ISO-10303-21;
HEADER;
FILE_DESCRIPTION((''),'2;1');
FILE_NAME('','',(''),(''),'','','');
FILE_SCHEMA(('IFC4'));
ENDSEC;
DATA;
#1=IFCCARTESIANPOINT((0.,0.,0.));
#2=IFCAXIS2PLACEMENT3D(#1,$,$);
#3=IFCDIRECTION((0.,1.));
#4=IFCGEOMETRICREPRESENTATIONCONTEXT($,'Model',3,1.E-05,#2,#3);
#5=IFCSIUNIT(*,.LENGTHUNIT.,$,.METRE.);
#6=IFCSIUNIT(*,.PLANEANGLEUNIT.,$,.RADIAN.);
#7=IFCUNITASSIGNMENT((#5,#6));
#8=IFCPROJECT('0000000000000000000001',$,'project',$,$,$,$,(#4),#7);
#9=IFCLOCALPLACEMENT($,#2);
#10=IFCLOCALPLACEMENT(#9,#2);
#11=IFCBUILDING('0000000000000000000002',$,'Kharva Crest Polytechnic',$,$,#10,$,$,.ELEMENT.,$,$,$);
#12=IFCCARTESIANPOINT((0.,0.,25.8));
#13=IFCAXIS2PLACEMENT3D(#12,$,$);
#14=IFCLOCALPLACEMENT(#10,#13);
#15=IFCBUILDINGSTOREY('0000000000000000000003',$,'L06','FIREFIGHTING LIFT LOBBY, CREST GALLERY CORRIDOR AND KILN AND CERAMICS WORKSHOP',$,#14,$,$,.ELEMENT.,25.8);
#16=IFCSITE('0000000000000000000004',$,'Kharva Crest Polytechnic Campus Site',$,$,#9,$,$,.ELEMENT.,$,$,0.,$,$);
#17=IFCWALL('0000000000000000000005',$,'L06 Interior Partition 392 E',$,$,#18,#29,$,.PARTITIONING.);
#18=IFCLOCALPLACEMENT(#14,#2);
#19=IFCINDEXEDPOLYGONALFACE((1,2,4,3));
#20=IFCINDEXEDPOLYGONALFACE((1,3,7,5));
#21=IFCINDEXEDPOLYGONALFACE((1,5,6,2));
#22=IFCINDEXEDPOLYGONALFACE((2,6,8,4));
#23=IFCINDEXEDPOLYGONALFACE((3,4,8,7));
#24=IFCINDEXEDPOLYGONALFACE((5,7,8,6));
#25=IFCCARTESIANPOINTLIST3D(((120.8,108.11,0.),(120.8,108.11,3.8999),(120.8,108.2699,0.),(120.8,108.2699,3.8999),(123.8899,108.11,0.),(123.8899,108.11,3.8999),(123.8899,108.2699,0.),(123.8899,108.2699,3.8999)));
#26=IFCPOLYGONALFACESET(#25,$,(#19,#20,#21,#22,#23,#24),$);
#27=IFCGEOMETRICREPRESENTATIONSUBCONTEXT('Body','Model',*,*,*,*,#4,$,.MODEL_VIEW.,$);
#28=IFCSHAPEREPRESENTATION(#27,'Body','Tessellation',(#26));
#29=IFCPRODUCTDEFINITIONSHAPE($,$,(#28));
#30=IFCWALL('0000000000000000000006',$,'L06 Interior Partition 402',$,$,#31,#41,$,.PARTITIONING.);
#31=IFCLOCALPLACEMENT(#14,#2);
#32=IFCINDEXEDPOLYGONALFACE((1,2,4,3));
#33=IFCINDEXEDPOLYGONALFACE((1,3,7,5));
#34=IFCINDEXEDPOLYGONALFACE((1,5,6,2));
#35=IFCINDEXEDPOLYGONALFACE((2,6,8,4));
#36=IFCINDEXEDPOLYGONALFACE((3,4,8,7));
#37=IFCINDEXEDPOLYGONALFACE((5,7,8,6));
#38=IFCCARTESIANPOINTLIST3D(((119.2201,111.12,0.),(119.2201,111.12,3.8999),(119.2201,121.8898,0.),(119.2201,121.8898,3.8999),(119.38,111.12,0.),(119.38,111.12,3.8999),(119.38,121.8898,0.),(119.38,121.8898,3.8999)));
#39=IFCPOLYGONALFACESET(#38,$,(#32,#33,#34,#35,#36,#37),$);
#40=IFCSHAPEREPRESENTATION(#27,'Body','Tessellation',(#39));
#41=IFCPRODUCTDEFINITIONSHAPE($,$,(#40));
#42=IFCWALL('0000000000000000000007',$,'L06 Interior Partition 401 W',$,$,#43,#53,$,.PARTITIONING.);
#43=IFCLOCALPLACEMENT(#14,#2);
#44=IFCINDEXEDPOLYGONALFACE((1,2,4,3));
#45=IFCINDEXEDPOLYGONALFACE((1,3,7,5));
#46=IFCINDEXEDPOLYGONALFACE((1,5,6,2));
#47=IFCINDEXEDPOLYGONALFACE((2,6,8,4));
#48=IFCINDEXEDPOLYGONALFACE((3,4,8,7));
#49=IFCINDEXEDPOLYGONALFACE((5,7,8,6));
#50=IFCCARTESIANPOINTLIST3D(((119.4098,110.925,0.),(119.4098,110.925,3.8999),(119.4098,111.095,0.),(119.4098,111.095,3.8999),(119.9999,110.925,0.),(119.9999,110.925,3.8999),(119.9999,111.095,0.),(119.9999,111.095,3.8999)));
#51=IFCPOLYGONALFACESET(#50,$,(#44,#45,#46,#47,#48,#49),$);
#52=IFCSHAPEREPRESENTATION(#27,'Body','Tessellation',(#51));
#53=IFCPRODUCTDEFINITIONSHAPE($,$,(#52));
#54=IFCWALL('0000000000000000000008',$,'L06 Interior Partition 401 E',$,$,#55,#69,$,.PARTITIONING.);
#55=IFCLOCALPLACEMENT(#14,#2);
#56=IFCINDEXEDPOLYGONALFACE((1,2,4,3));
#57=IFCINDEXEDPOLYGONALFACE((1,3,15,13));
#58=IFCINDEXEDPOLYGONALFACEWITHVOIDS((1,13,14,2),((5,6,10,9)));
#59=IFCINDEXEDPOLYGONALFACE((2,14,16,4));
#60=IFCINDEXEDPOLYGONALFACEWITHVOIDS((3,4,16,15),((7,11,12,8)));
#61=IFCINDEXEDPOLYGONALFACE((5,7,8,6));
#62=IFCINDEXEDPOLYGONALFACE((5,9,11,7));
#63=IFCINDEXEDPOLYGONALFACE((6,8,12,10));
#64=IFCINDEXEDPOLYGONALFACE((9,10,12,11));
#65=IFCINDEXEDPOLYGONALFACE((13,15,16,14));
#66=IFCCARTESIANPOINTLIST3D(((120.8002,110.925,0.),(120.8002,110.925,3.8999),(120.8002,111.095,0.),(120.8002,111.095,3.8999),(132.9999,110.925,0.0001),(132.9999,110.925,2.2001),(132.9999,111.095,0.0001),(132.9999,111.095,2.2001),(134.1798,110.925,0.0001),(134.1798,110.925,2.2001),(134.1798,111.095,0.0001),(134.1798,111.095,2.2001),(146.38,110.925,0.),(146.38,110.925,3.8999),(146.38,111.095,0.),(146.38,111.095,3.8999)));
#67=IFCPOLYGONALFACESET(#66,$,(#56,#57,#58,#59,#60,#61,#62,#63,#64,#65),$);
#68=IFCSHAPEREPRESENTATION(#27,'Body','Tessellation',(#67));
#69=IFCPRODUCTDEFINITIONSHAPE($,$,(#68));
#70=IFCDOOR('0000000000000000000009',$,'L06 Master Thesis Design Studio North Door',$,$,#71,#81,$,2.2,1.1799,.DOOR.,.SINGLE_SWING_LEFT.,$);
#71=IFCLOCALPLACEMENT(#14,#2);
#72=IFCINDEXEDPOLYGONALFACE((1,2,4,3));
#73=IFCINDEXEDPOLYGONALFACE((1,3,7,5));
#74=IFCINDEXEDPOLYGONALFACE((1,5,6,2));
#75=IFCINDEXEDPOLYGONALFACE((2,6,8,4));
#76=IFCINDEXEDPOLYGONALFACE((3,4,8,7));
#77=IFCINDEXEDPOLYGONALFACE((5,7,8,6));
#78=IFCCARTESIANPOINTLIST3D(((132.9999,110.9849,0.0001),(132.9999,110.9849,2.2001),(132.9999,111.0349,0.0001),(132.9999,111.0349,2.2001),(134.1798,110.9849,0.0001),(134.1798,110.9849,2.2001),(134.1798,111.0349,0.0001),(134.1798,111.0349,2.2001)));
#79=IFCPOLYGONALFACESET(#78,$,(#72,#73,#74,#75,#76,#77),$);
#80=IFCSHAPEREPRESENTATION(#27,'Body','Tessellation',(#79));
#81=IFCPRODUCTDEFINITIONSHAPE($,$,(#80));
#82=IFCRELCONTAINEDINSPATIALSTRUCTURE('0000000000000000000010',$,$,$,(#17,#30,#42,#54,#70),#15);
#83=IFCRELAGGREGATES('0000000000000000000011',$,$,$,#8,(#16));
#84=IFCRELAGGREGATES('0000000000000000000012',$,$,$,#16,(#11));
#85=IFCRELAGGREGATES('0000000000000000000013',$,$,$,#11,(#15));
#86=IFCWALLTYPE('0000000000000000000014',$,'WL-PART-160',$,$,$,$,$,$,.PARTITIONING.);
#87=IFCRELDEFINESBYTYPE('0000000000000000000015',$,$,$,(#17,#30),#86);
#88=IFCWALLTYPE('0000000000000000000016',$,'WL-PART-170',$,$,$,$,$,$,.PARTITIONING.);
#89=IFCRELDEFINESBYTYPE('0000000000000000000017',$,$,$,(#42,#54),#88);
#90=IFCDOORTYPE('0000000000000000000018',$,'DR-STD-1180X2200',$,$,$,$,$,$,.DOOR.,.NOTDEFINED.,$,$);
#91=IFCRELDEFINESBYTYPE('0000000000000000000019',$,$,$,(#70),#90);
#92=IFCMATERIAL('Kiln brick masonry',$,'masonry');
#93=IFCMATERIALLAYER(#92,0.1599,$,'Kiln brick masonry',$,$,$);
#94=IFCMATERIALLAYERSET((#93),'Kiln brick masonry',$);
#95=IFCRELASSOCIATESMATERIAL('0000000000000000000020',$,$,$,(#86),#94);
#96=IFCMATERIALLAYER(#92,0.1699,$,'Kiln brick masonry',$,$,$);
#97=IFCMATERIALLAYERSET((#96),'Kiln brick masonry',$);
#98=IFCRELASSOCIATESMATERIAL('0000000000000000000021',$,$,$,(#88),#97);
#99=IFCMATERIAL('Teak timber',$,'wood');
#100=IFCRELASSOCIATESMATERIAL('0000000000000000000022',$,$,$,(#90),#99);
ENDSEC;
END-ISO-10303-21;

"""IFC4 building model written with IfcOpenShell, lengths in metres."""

from ifc_helpers import new_model, si_unit, direction, frame, frame_2d, origin, place, context, subcontext, project, spatial, rectangle, extrude, material, layer, layer_set, type_object, element, fill, save


model = new_model("IFC4")

# Units and contexts
model_context = context("Model", 3, precision=1e-05, world=origin(), true_north=direction((0.0, 1.0)))
body_context = subcontext(model_context, "Body", "Model", "MODEL_VIEW")
ifc_project = project(units=[si_unit("LENGTHUNIT", "METRE"), si_unit("PLANEANGLEUNIT", "RADIAN")], contexts=[model_context])

# Site, building, storey
site_placement = place(None, origin())
site = spatial("IfcSite", under=ifc_project, at=site_placement, Name="Kharva Crest Polytechnic Campus Site", CompositionType="ELEMENT", RefElevation=0.0)
building_placement = place(site_placement, origin())
building = spatial("IfcBuilding", under=site, at=building_placement, Name="Kharva Crest Polytechnic", CompositionType="ELEMENT")
storey_placement = place(building_placement, frame((0.0, 0.0, 25.8)))
storey = spatial("IfcBuildingStorey", under=building, at=storey_placement, Name="L06", Description="FIREFIGHTING LIFT LOBBY, CREST GALLERY CORRIDOR AND KILN AND CERAMICS WORKSHOP", CompositionType="ELEMENT", Elevation=25.8)

# Shared definitions
ifc_material_1 = material(Name="Kiln brick masonry", Category="masonry")

# Shared definitions
ifc_material_2 = material(Name="Teak timber", Category="wood")

# Walls
ifc_layer_1 = layer(ifc_material_1, 0.1599, Name="Kiln brick masonry")
ifc_layer_set_1 = layer_set([ifc_layer_1], Name="Kiln brick masonry")
wall_type_1 = type_object("IfcWallType", Name="WL-PART-160", PredefinedType="PARTITIONING", material=ifc_layer_set_1)
wall_1_placement = place(storey_placement, frame((120.8, 108.1899, 0.0), z_axis=(0.0, 0.0, 1.0), x_axis=(1.0, 0.0, 0.0)))
element("IfcWall", 1, at=wall_1_placement, inside=storey, type_object=wall_type_1, Name="L06 Interior Partition 392 E", PredefinedType="PARTITIONING", context=body_context, shape_type="SweptSolid", body=[
    extrude(rectangle(XDim=3.0898, YDim=0.1599, at=frame_2d((1.5449, 0.0))), origin(), (0.0, 0.0, 1.0), 3.8999),
])
wall_2_placement = place(storey_placement, frame((119.3, 111.1201, 0.0), z_axis=(0.0, 0.0, 1.0), x_axis=(0.0, 1.0, 0.0)))
element("IfcWall", 2, at=wall_2_placement, inside=storey, type_object=wall_type_1, Name="L06 Interior Partition 402", PredefinedType="PARTITIONING", context=body_context, shape_type="SweptSolid", body=[
    extrude(rectangle(XDim=10.7698, YDim=0.1599, at=frame_2d((5.3848, 0.0))), origin(), (0.0, 0.0, 1.0), 3.8999),
])
ifc_layer_2 = layer(ifc_material_1, 0.1699, Name="Kiln brick masonry")
ifc_layer_set_2 = layer_set([ifc_layer_2], Name="Kiln brick masonry")
wall_type_2 = type_object("IfcWallType", Name="WL-PART-170", PredefinedType="PARTITIONING", material=ifc_layer_set_2)
wall_3_placement = place(storey_placement, frame((119.4099, 111.01, 0.0), z_axis=(0.0, 0.0, 1.0), x_axis=(1.0, 0.0, 0.0)))
element("IfcWall", 3, at=wall_3_placement, inside=storey, type_object=wall_type_2, Name="L06 Interior Partition 401 W", PredefinedType="PARTITIONING", context=body_context, shape_type="SweptSolid", body=[
    extrude(rectangle(XDim=0.5901, YDim=0.1699, at=frame_2d((0.2949, 0.0))), origin(), (0.0, 0.0, 1.0), 3.8999),
])

# Wall, opening, door
wall_4_placement = place(storey_placement, frame((120.8, 111.01, 0.0), z_axis=(0.0, 0.0, 1.0), x_axis=(1.0, 0.0, 0.0)))
wall_4 = element("IfcWall", 4, at=wall_4_placement, inside=storey, type_object=wall_type_2, Name="L06 Interior Partition 401 E", PredefinedType="PARTITIONING", context=body_context, shape_type="SweptSolid", body=[
    extrude(rectangle(XDim=25.5798, YDim=0.1699, at=frame_2d((12.79, 0.0))), origin(), (0.0, 0.0, 1.0), 3.8999),
])
opening_1_placement = place(wall_4_placement, frame((12.2, 0.0, 0.0)))
opening_1 = element("IfcOpeningElement", 5, at=opening_1_placement, cuts=wall_4, PredefinedType="OPENING", context=body_context, shape_type="SweptSolid", body=[
    extrude(rectangle(XDim=1.1799, YDim=2.2, at=frame_2d((0.5898, 1.1001))), frame((0.0, 0.095, 0.0), z_axis=(0.0, -1.0, 0.0), x_axis=(1.0, 0.0, 0.0)), (0.0, 0.0, 1.0), 0.1899),
])
door_type_1 = type_object("IfcDoorType", Name="DR-STD-1180X2200", OperationType="NOTDEFINED", PredefinedType="DOOR", material=ifc_material_2)
door_1_placement = place(opening_1_placement, origin())
door_1 = element("IfcDoor", 6, at=door_1_placement, inside=storey, type_object=door_type_1, Name="L06 Master Thesis Design Studio North Door", OperationType="SINGLE_SWING_LEFT", OverallHeight=2.2, OverallWidth=1.1799, PredefinedType="DOOR", context=body_context, shape_type="SweptSolid", body=[
    extrude(rectangle(XDim=1.1799, YDim=2.2, at=frame_2d((0.5898, 1.1001))), frame((0.0, 0.0249, 0.0), z_axis=(0.0, -1.0, 0.0), x_axis=(1.0, 0.0, 0.0)), (0.0, 0.0, 1.0), 0.05),
])
fill(opening_1, door_1)

save(model, "model.ifc")
